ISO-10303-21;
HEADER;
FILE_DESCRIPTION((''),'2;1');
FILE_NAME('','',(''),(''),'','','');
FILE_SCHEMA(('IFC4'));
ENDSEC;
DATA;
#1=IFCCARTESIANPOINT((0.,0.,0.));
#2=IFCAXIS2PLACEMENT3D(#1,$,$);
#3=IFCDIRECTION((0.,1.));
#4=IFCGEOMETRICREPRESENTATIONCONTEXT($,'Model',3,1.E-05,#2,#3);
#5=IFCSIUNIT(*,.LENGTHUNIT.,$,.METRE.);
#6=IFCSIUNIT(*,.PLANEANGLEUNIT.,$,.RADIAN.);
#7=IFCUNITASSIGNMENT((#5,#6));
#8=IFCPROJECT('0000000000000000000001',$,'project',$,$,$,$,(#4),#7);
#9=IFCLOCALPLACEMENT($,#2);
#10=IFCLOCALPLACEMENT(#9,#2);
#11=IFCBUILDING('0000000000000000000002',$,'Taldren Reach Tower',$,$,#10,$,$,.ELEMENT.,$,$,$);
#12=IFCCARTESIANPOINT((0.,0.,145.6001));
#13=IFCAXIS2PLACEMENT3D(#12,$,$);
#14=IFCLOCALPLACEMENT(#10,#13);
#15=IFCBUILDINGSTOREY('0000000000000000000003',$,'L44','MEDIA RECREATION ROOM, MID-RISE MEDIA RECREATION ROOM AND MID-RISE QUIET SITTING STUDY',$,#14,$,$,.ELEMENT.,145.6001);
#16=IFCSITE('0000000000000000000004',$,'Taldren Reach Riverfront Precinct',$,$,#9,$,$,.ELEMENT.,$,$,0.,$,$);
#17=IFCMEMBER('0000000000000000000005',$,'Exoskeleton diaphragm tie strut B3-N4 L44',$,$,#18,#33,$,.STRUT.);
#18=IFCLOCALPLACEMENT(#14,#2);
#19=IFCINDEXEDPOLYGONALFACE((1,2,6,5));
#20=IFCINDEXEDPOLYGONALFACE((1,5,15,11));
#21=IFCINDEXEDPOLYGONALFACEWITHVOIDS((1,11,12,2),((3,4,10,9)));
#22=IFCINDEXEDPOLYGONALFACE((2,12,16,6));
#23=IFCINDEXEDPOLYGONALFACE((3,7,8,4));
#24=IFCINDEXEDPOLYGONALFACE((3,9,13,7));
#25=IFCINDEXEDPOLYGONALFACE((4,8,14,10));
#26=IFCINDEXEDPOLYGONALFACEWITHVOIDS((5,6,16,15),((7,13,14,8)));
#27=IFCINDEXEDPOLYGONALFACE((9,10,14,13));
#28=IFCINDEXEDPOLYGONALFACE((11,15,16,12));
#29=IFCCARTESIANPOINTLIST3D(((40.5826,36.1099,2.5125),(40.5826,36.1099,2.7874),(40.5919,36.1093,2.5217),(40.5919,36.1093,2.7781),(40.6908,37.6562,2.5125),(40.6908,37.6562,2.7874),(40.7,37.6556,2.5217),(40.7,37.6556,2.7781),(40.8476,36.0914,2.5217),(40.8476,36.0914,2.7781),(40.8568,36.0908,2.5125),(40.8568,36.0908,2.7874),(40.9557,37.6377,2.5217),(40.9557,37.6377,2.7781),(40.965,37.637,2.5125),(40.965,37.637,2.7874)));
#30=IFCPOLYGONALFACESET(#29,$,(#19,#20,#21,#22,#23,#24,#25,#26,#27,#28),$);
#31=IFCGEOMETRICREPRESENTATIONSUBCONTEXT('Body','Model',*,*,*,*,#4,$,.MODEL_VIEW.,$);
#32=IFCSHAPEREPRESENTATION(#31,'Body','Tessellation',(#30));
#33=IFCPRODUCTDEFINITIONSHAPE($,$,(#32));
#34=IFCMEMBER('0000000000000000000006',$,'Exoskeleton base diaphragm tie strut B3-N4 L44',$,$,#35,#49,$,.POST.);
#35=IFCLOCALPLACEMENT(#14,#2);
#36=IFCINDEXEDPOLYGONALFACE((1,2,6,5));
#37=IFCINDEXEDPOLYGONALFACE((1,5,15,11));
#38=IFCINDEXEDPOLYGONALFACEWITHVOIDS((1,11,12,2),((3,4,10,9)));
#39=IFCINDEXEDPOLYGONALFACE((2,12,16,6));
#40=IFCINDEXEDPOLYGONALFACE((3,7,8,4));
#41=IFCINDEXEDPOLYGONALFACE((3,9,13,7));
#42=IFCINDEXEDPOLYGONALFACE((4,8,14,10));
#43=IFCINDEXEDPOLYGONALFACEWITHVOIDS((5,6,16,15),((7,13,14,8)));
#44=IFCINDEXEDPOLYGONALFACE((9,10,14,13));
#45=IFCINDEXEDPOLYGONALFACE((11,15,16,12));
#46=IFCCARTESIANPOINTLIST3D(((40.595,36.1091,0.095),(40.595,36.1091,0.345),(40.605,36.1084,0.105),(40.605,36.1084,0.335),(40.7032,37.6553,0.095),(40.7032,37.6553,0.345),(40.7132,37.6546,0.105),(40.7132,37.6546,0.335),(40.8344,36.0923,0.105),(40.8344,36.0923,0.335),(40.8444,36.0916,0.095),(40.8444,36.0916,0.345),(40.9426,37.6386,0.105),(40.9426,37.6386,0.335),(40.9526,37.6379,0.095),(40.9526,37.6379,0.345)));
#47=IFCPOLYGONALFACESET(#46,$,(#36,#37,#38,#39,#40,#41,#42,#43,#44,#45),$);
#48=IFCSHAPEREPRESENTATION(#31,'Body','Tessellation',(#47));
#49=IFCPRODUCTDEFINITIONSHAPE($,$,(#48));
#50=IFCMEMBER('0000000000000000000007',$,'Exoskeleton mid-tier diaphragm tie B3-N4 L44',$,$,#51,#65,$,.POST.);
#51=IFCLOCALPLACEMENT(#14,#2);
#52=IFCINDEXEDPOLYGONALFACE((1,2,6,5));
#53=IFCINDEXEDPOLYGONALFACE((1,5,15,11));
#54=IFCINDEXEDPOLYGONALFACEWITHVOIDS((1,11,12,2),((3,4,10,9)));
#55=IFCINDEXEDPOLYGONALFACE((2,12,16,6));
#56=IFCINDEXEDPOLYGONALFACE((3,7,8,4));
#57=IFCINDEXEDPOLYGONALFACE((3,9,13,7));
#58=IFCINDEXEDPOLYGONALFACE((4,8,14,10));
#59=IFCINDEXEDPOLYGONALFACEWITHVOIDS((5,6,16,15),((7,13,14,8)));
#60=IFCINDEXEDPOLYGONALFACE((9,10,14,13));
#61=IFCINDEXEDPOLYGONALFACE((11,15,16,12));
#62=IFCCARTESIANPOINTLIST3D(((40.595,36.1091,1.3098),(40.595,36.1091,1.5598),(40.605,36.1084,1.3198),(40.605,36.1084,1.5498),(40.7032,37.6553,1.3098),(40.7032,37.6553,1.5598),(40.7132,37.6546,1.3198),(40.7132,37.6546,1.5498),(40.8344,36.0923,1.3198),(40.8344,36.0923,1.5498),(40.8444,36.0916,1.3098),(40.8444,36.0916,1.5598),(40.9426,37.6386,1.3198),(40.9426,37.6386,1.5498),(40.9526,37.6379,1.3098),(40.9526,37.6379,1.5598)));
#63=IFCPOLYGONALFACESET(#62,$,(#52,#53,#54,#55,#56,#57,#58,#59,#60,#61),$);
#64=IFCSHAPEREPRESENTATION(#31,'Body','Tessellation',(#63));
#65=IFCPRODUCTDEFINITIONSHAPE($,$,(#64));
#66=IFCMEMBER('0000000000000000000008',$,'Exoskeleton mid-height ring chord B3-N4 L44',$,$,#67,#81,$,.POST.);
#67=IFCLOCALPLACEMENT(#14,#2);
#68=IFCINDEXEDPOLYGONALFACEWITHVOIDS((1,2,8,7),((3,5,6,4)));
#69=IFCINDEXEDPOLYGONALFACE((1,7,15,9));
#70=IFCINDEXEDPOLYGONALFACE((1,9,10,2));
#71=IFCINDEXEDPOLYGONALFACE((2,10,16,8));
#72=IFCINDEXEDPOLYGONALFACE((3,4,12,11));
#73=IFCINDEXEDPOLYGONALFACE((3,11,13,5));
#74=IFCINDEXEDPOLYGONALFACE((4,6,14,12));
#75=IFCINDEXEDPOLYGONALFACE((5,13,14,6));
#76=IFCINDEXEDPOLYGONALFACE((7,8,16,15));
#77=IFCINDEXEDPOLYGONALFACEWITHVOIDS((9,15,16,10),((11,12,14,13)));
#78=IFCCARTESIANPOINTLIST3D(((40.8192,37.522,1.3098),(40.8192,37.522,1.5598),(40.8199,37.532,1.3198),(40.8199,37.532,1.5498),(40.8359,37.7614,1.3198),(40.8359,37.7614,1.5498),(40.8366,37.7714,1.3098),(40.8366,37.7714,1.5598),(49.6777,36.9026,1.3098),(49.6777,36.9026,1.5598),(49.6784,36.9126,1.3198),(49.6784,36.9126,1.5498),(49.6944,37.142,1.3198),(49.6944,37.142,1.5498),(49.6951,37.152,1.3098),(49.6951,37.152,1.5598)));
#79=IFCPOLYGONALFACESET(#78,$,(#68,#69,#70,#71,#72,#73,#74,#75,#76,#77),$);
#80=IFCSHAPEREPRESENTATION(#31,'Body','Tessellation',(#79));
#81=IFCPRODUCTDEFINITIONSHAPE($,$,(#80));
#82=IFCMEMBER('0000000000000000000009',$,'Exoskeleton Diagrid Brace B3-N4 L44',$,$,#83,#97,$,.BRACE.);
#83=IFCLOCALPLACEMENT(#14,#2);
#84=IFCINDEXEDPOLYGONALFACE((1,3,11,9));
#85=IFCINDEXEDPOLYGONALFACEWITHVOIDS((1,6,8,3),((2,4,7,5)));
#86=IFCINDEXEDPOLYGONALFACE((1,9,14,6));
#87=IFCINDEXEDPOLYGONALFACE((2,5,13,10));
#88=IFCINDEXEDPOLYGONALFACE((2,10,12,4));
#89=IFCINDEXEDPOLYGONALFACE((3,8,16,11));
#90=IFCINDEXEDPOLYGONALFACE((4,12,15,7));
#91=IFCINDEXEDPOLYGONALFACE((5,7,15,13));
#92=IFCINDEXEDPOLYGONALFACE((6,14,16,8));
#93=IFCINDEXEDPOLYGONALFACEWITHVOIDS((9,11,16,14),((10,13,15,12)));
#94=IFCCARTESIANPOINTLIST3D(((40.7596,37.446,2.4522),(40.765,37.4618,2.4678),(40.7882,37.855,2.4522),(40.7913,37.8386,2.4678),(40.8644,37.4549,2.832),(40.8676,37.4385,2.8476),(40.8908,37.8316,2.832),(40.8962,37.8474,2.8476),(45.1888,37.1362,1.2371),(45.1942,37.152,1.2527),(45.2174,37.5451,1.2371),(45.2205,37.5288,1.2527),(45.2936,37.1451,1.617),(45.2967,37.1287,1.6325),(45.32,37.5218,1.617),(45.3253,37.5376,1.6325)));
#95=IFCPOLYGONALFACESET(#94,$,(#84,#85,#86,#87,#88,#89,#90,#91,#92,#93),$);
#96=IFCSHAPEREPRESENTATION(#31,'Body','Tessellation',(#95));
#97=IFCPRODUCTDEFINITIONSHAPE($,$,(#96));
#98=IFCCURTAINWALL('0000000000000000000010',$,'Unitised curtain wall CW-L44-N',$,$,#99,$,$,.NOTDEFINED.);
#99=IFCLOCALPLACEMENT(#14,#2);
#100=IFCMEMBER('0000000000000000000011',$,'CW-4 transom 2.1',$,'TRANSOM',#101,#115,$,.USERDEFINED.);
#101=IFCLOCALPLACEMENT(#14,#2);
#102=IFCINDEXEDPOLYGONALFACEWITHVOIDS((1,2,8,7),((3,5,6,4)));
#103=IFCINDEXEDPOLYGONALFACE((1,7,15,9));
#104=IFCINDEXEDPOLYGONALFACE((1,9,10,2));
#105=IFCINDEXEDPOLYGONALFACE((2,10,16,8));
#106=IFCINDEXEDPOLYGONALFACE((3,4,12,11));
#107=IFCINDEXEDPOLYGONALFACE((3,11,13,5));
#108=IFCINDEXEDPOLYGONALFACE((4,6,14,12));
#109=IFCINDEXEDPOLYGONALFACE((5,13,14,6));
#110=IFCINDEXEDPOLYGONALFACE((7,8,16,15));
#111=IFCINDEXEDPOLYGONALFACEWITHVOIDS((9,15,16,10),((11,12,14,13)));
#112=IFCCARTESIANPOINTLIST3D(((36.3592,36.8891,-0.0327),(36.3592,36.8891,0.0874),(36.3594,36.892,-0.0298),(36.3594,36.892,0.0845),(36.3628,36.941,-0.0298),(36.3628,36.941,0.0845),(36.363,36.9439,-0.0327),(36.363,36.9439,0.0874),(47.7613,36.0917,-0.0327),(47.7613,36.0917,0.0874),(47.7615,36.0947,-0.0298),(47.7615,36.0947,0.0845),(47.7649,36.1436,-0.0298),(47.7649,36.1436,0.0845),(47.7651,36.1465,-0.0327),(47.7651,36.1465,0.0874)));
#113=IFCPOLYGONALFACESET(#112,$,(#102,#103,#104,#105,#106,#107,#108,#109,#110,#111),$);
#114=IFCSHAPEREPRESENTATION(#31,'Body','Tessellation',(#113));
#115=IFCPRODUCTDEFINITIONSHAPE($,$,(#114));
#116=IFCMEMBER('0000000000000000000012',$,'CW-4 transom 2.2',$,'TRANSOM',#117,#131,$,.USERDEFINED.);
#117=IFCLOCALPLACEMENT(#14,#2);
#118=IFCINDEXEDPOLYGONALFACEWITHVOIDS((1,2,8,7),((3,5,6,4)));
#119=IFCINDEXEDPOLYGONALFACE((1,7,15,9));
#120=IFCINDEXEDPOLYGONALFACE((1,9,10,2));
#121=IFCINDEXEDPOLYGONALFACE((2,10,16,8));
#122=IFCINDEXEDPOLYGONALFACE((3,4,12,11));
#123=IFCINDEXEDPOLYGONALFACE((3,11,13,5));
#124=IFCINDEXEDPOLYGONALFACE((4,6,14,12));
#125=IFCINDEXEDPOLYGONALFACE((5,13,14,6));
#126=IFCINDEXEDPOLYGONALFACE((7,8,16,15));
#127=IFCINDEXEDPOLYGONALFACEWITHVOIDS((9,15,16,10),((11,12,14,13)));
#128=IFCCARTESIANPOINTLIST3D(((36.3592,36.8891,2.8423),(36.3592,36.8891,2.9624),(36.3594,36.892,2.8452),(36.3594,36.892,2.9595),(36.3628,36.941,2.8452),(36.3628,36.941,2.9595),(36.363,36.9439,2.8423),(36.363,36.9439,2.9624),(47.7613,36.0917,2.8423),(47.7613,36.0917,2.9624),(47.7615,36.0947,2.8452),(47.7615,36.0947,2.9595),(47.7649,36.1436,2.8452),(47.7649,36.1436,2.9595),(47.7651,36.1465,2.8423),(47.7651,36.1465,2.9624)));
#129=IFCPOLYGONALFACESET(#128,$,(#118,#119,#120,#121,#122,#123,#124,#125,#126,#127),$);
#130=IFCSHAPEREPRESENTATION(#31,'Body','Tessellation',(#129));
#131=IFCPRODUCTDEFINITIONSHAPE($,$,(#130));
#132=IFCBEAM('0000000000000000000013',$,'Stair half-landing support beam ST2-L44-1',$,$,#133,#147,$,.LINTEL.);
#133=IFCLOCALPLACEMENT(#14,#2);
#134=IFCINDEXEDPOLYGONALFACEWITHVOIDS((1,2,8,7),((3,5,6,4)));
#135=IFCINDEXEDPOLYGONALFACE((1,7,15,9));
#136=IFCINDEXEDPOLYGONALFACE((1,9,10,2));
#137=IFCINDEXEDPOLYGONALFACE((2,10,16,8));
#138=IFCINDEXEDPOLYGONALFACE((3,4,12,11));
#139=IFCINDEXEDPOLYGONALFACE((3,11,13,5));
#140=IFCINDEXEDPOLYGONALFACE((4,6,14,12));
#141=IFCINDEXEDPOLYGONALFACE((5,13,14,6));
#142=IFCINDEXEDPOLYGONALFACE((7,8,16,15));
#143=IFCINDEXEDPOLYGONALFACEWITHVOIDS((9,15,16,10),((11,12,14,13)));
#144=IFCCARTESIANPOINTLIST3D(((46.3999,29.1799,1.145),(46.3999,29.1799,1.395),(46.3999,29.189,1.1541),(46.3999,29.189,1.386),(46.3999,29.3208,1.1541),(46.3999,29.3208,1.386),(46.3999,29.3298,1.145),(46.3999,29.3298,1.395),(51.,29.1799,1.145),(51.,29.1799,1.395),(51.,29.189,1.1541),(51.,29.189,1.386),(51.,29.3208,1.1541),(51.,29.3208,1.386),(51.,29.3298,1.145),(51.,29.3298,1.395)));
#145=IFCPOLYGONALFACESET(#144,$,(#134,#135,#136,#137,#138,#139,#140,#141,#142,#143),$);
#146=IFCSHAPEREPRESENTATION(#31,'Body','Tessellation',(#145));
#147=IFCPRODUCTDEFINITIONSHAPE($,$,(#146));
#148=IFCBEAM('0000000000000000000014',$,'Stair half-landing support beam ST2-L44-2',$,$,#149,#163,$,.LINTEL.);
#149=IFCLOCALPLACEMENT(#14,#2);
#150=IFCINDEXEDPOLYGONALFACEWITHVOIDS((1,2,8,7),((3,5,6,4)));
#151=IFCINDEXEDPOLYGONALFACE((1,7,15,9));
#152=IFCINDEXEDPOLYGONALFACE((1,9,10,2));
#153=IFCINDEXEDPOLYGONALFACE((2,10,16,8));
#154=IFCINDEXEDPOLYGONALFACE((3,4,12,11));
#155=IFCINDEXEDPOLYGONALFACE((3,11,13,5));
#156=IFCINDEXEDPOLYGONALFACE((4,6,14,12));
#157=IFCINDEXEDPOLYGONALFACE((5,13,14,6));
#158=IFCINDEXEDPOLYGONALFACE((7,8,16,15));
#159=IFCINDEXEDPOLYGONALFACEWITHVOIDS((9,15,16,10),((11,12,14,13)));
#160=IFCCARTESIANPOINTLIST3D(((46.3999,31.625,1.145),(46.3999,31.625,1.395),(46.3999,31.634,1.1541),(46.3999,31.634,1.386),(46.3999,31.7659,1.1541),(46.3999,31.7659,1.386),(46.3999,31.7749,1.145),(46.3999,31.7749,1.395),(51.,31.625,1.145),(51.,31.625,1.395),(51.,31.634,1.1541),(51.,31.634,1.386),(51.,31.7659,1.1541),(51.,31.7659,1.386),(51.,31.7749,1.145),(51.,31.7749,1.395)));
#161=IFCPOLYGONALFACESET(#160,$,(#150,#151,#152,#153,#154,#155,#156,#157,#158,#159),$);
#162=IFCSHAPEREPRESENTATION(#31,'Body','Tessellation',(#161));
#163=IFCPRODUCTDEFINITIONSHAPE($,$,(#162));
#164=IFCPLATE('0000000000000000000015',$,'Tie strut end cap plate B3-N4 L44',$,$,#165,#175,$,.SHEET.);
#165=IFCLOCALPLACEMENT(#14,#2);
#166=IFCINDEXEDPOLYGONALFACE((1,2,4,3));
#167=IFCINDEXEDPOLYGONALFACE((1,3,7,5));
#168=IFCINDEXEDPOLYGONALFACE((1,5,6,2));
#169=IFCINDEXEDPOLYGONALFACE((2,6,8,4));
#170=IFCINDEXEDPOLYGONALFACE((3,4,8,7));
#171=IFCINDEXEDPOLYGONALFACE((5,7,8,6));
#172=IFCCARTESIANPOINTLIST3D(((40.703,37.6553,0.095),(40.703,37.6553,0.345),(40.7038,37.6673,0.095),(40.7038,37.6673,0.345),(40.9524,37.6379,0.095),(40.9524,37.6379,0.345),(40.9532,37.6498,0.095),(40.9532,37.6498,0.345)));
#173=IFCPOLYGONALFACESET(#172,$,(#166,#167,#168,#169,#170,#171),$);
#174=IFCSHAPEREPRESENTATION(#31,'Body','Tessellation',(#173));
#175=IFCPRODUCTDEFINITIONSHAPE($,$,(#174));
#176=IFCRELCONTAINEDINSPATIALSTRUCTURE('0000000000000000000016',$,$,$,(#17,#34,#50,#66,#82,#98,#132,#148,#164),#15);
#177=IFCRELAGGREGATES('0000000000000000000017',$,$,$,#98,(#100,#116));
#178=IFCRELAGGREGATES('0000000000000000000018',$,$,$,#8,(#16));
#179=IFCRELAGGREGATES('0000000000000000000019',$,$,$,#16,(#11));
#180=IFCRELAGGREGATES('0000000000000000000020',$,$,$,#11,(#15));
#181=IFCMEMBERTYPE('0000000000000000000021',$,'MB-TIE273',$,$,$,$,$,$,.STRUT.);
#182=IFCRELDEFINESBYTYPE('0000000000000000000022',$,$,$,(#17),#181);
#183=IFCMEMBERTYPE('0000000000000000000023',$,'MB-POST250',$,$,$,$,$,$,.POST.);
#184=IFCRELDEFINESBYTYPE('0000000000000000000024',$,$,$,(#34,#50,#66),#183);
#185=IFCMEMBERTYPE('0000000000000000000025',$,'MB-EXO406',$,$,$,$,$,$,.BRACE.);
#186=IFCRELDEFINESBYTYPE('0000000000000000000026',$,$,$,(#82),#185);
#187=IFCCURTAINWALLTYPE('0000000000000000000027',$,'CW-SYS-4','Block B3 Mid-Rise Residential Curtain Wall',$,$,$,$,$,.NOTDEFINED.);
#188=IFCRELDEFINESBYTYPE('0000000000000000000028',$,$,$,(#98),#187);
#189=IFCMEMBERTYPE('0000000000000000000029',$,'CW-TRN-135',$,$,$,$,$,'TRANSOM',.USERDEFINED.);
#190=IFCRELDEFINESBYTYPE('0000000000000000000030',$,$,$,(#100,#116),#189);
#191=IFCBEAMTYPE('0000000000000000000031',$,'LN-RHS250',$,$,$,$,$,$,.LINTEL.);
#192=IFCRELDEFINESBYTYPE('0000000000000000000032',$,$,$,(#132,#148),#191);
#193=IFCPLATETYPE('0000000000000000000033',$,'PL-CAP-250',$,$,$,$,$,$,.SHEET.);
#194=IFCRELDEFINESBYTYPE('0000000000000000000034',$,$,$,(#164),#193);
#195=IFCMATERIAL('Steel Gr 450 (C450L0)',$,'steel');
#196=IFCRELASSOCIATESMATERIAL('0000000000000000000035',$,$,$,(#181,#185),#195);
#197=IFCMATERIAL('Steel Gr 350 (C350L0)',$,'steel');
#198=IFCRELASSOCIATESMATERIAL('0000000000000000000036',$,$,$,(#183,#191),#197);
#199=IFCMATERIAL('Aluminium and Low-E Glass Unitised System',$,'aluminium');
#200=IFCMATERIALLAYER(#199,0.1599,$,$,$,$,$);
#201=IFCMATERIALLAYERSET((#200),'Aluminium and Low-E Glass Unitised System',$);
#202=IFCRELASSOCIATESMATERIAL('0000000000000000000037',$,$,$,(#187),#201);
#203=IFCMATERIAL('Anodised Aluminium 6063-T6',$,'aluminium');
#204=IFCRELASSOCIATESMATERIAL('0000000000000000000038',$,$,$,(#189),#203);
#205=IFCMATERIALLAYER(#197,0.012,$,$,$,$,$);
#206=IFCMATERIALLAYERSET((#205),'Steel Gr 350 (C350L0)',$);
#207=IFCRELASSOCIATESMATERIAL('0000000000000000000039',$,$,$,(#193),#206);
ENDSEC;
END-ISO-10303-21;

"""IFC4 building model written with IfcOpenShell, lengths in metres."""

from ifc_helpers import new_model, si_unit, direction, frame, origin, origin_2d, place, context, subcontext, project, spatial, rectangle, hollow_rectangle, extrude, source, transform, mapped, material, layer, layer_set, material_profile, profile_set, type_object, element, aggregate, save


model = new_model("IFC4")

# Units and contexts
model_context = context("Model", 3, precision=1e-05, world=origin(), true_north=direction((0.0, 1.0)))
body_context = subcontext(model_context, "Body", "Model", "MODEL_VIEW")
ifc_project = project(units=[si_unit("LENGTHUNIT", "METRE"), si_unit("PLANEANGLEUNIT", "RADIAN")], contexts=[model_context])

# Site, building, storey
site_placement = place(None, origin())
site = spatial("IfcSite", under=ifc_project, at=site_placement, Name="Taldren Reach Riverfront Precinct", CompositionType="ELEMENT", RefElevation=0.0)
building_placement = place(site_placement, origin())
building = spatial("IfcBuilding", under=site, at=building_placement, Name="Taldren Reach Tower", CompositionType="ELEMENT")
storey_placement = place(building_placement, frame((0.0, 0.0, 145.6001)))
storey = spatial("IfcBuildingStorey", under=building, at=storey_placement, Name="L44", Description="MEDIA RECREATION ROOM, MID-RISE MEDIA RECREATION ROOM AND MID-RISE QUIET SITTING STUDY", CompositionType="ELEMENT", Elevation=145.6001)

# Members
ifc_material_1 = material(Name="Steel Gr 450 (C450L0)", Category="steel")
ifc_material_profile_1 = material_profile(ifc_material_1, hollow_rectangle(XDim=0.2749, YDim=0.2749, WallThickness=0.0093, at=origin_2d()), Name="275x275x9.3SHS")
ifc_profile_set_1 = profile_set([ifc_material_profile_1], Name="Steel Gr 450 (C450L0)")
member_type_1 = type_object("IfcMemberType", Name="MB-TIE273", PredefinedType="STRUT", material=ifc_profile_set_1)
shared_shape_1 = source(origin(), body_context, "Body", "SweptSolid", [
    extrude(hollow_rectangle(XDim=0.2749, YDim=0.2749, WallThickness=0.0093, at=origin_2d()), origin(), (0.0, 0.0, 1.0), 1.55),
])
member_1_placement = place(storey_placement, frame((40.7197, 36.1003, 2.6499), z_axis=(0.06977, 0.997563, 0.0), x_axis=(-0.997563, 0.06977, 0.0)))
element("IfcMember", 1, at=member_1_placement, inside=storey, type_object=member_type_1, Name="Exoskeleton diaphragm tie strut B3-N4 L44", PredefinedType="STRUT", context=body_context, shape_type="MappedRepresentation", body=[
    mapped(shared_shape_1, transform((0.0, 0.0, 0.0), scale=1.0)),
])
ifc_material_2 = material(Name="Steel Gr 350 (C350L0)", Category="steel")
ifc_material_profile_2 = material_profile(ifc_material_2, hollow_rectangle(XDim=0.25, YDim=0.25, WallThickness=0.01, at=origin_2d()), Name="250x250x10.0SHS")
ifc_profile_set_2 = profile_set([ifc_material_profile_2], Name="Steel Gr 350 (C350L0)")
member_type_2 = type_object("IfcMemberType", Name="MB-POST250", PredefinedType="POST", material=ifc_profile_set_2)
shared_shape_2 = source(origin(), body_context, "Body", "SweptSolid", [
    extrude(hollow_rectangle(XDim=0.25, YDim=0.25, WallThickness=0.01, at=origin_2d()), origin(), (0.0, 0.0, 1.0), 1.55),
])
for number, where, z_axis, x_axis, name in (
    (2, (40.7197, 36.1003, 0.22), (0.06977, 0.997563, 0.0), (-0.997563, 0.06977, 0.0), "Exoskeleton base diaphragm tie strut B3-N4 L44"),
    (3, (40.7197, 36.1003, 1.4348), (0.06977, 0.997563, 0.0), (-0.997563, 0.06977, 0.0), "Exoskeleton mid-tier diaphragm tie B3-N4 L44"),
):
    element("IfcMember", number, at=place(storey_placement, frame(where, z_axis=z_axis, x_axis=x_axis)), inside=storey, type_object=member_type_2, Name=name, PredefinedType="POST", context=body_context, shape_type="MappedRepresentation", body=[
        mapped(shared_shape_2, transform((0.0, 0.0, 0.0), scale=1.0)),
    ])
shared_shape_3 = source(origin(), body_context, "Body", "SweptSolid", [
    extrude(hollow_rectangle(XDim=0.25, YDim=0.25, WallThickness=0.01, at=origin_2d()), origin(), (0.0, 0.0, 1.0), 8.8801),
])
member_2_placement = place(storey_placement, frame((40.8279, 37.6467, 1.4348), z_axis=(0.997564, -0.06975, 0.0), x_axis=(0.06975, 0.997564, 0.0)))
element("IfcMember", 4, at=member_2_placement, inside=storey, type_object=member_type_2, Name="Exoskeleton mid-height ring chord B3-N4 L44", PredefinedType="POST", context=body_context, shape_type="MappedRepresentation", body=[
    mapped(shared_shape_3, transform((0.0, 0.0, 0.0), scale=1.0)),
])
ifc_material_profile_3 = material_profile(ifc_material_1, hollow_rectangle(XDim=0.4099, YDim=0.4099, WallThickness=0.0161, at=origin_2d()), Name="410x410x16.0SHS")
ifc_profile_set_3 = profile_set([ifc_material_profile_3], Name="Steel Gr 450 (C450L0)")
member_type_3 = type_object("IfcMemberType", Name="MB-EXO406", PredefinedType="BRACE", material=ifc_profile_set_3)
shared_shape_4 = source(origin(), body_context, "Body", "SweptSolid", [
    extrude(hollow_rectangle(XDim=0.4099, YDim=0.4099, WallThickness=0.0161, at=origin_2d()), origin(), (0.0, 0.0, 1.0), 4.6033),
])
member_3_placement = place(storey_placement, frame((45.2571, 37.3369, 1.4348), z_axis=(-0.962182, 0.067303, 0.263961), x_axis=(-0.069778, -0.997563, 0.0)))
element("IfcMember", 5, at=member_3_placement, inside=storey, type_object=member_type_3, Name="Exoskeleton Diagrid Brace B3-N4 L44", PredefinedType="BRACE", context=body_context, shape_type="MappedRepresentation", body=[
    mapped(shared_shape_4, transform((0.0, 0.0, 0.0), scale=1.0)),
])

# Curtain wall, members
ifc_material_3 = material(Name="Aluminium and Low-E Glass Unitised System", Category="aluminium")
ifc_layer_1 = layer(ifc_material_3, 0.1599)
ifc_layer_set_1 = layer_set([ifc_layer_1], Name="Aluminium and Low-E Glass Unitised System")
curtain_wall_type = type_object("IfcCurtainWallType", Name="CW-SYS-4", Description="Block B3 Mid-Rise Residential Curtain Wall", PredefinedType="NOTDEFINED", material=ifc_layer_set_1)
curtain_wall_placement = place(storey_placement, origin())
curtain_wall = element("IfcCurtainWall", 6, at=curtain_wall_placement, inside=storey, type_object=curtain_wall_type, Name="Unitised curtain wall CW-L44-N", PredefinedType="NOTDEFINED")
ifc_material_4 = material(Name="Anodised Aluminium 6063-T6", Category="aluminium")
ifc_material_profile_4 = material_profile(ifc_material_4, hollow_rectangle(XDim=0.0549, YDim=0.1201, WallThickness=0.0029, at=origin_2d()), Name="ALU-120x55x3RHS")
ifc_profile_set_4 = profile_set([ifc_material_profile_4], Name="Anodised Aluminium 6063-T6")
member_type_4 = type_object("IfcMemberType", Name="CW-TRN-135", ElementType="TRANSOM", PredefinedType="USERDEFINED", material=ifc_profile_set_4)
shared_shape_5 = source(origin(), body_context, "Body", "SweptSolid", [
    extrude(hollow_rectangle(XDim=0.0549, YDim=0.1201, WallThickness=0.0029, at=origin_2d()), origin(), (0.0, 0.0, 1.0), 11.4299),
])
member_4_placement = place(storey_placement, frame((47.7632, 36.1191, 0.0273), z_axis=(-0.997564, 0.069761, 0.0), x_axis=(-0.069761, -0.997564, 0.0)))
member_4 = element("IfcMember", 7, at=member_4_placement, type_object=member_type_4, Name="CW-4 transom 2.1", ObjectType="TRANSOM", PredefinedType="USERDEFINED", context=body_context, shape_type="MappedRepresentation", body=[
    mapped(shared_shape_5, transform((0.0, 0.0, 0.0), scale=1.0)),
])
member_5_placement = place(storey_placement, frame((47.7632, 36.1191, 2.9023), z_axis=(-0.997564, 0.069761, 0.0), x_axis=(-0.069761, -0.997564, 0.0)))
member_5 = element("IfcMember", 8, at=member_5_placement, type_object=member_type_4, Name="CW-4 transom 2.2", ObjectType="TRANSOM", PredefinedType="USERDEFINED", context=body_context, shape_type="MappedRepresentation", body=[
    mapped(shared_shape_5, transform((0.0, 0.0, 0.0), scale=1.0)),
])

# Beams
ifc_material_profile_5 = material_profile(ifc_material_2, hollow_rectangle(XDim=0.1499, YDim=0.25, WallThickness=0.009, at=origin_2d()), Name="250x150x9.0RHS")
ifc_profile_set_5 = profile_set([ifc_material_profile_5], Name="Steel Gr 350 (C350L0)")
beam_type = type_object("IfcBeamType", Name="LN-RHS250", PredefinedType="LINTEL", material=ifc_profile_set_5)
shared_shape_6 = source(origin(), body_context, "Body", "SweptSolid", [
    extrude(hollow_rectangle(XDim=0.1499, YDim=0.25, WallThickness=0.009, at=origin_2d()), origin(), (0.0, 0.0, 1.0), 4.6001),
])
for number, where, z_axis, x_axis, name in (
    (9, (46.3999, 29.2549, 1.27), (1.0, 0.0, 0.0), (0.0, 1.0, 0.0), "Stair half-landing support beam ST2-L44-1"),
    (10, (46.3999, 31.7, 1.27), (1.0, 0.0, 0.0), (0.0, 1.0, 0.0), "Stair half-landing support beam ST2-L44-2"),
):
    element("IfcBeam", number, at=place(storey_placement, frame(where, z_axis=z_axis, x_axis=x_axis)), inside=storey, type_object=beam_type, Name=name, PredefinedType="LINTEL", context=body_context, shape_type="MappedRepresentation", body=[
        mapped(shared_shape_6, transform((0.0, 0.0, 0.0), scale=1.0)),
    ])

# Plate
ifc_layer_2 = layer(ifc_material_2, 0.012)
ifc_layer_set_2 = layer_set([ifc_layer_2], Name="Steel Gr 350 (C350L0)")
plate_type_1 = type_object("IfcPlateType", Name="PL-CAP-250", PredefinedType="SHEET", material=ifc_layer_set_2)
shared_shape_7 = source(origin(), body_context, "Body", "SweptSolid", [
    extrude(rectangle(XDim=0.25, YDim=0.012, at=origin_2d()), origin(), (0.0, 0.0, 1.0), 0.25),
])
plate_1_placement = place(storey_placement, frame((40.8281, 37.6526, 0.095), z_axis=(0.0, 0.0, 1.0), x_axis=(0.997564, -0.069756, 0.0)))
element("IfcPlate", 11, at=plate_1_placement, inside=storey, type_object=plate_type_1, Name="Tie strut end cap plate B3-N4 L44", PredefinedType="SHEET", context=body_context, shape_type="MappedRepresentation", body=[
    mapped(shared_shape_7, transform((0.0, 0.0, 0.0), scale=1.0)),
])
aggregate(curtain_wall, [member_4, member_5])

save(model, "model.ifc")
